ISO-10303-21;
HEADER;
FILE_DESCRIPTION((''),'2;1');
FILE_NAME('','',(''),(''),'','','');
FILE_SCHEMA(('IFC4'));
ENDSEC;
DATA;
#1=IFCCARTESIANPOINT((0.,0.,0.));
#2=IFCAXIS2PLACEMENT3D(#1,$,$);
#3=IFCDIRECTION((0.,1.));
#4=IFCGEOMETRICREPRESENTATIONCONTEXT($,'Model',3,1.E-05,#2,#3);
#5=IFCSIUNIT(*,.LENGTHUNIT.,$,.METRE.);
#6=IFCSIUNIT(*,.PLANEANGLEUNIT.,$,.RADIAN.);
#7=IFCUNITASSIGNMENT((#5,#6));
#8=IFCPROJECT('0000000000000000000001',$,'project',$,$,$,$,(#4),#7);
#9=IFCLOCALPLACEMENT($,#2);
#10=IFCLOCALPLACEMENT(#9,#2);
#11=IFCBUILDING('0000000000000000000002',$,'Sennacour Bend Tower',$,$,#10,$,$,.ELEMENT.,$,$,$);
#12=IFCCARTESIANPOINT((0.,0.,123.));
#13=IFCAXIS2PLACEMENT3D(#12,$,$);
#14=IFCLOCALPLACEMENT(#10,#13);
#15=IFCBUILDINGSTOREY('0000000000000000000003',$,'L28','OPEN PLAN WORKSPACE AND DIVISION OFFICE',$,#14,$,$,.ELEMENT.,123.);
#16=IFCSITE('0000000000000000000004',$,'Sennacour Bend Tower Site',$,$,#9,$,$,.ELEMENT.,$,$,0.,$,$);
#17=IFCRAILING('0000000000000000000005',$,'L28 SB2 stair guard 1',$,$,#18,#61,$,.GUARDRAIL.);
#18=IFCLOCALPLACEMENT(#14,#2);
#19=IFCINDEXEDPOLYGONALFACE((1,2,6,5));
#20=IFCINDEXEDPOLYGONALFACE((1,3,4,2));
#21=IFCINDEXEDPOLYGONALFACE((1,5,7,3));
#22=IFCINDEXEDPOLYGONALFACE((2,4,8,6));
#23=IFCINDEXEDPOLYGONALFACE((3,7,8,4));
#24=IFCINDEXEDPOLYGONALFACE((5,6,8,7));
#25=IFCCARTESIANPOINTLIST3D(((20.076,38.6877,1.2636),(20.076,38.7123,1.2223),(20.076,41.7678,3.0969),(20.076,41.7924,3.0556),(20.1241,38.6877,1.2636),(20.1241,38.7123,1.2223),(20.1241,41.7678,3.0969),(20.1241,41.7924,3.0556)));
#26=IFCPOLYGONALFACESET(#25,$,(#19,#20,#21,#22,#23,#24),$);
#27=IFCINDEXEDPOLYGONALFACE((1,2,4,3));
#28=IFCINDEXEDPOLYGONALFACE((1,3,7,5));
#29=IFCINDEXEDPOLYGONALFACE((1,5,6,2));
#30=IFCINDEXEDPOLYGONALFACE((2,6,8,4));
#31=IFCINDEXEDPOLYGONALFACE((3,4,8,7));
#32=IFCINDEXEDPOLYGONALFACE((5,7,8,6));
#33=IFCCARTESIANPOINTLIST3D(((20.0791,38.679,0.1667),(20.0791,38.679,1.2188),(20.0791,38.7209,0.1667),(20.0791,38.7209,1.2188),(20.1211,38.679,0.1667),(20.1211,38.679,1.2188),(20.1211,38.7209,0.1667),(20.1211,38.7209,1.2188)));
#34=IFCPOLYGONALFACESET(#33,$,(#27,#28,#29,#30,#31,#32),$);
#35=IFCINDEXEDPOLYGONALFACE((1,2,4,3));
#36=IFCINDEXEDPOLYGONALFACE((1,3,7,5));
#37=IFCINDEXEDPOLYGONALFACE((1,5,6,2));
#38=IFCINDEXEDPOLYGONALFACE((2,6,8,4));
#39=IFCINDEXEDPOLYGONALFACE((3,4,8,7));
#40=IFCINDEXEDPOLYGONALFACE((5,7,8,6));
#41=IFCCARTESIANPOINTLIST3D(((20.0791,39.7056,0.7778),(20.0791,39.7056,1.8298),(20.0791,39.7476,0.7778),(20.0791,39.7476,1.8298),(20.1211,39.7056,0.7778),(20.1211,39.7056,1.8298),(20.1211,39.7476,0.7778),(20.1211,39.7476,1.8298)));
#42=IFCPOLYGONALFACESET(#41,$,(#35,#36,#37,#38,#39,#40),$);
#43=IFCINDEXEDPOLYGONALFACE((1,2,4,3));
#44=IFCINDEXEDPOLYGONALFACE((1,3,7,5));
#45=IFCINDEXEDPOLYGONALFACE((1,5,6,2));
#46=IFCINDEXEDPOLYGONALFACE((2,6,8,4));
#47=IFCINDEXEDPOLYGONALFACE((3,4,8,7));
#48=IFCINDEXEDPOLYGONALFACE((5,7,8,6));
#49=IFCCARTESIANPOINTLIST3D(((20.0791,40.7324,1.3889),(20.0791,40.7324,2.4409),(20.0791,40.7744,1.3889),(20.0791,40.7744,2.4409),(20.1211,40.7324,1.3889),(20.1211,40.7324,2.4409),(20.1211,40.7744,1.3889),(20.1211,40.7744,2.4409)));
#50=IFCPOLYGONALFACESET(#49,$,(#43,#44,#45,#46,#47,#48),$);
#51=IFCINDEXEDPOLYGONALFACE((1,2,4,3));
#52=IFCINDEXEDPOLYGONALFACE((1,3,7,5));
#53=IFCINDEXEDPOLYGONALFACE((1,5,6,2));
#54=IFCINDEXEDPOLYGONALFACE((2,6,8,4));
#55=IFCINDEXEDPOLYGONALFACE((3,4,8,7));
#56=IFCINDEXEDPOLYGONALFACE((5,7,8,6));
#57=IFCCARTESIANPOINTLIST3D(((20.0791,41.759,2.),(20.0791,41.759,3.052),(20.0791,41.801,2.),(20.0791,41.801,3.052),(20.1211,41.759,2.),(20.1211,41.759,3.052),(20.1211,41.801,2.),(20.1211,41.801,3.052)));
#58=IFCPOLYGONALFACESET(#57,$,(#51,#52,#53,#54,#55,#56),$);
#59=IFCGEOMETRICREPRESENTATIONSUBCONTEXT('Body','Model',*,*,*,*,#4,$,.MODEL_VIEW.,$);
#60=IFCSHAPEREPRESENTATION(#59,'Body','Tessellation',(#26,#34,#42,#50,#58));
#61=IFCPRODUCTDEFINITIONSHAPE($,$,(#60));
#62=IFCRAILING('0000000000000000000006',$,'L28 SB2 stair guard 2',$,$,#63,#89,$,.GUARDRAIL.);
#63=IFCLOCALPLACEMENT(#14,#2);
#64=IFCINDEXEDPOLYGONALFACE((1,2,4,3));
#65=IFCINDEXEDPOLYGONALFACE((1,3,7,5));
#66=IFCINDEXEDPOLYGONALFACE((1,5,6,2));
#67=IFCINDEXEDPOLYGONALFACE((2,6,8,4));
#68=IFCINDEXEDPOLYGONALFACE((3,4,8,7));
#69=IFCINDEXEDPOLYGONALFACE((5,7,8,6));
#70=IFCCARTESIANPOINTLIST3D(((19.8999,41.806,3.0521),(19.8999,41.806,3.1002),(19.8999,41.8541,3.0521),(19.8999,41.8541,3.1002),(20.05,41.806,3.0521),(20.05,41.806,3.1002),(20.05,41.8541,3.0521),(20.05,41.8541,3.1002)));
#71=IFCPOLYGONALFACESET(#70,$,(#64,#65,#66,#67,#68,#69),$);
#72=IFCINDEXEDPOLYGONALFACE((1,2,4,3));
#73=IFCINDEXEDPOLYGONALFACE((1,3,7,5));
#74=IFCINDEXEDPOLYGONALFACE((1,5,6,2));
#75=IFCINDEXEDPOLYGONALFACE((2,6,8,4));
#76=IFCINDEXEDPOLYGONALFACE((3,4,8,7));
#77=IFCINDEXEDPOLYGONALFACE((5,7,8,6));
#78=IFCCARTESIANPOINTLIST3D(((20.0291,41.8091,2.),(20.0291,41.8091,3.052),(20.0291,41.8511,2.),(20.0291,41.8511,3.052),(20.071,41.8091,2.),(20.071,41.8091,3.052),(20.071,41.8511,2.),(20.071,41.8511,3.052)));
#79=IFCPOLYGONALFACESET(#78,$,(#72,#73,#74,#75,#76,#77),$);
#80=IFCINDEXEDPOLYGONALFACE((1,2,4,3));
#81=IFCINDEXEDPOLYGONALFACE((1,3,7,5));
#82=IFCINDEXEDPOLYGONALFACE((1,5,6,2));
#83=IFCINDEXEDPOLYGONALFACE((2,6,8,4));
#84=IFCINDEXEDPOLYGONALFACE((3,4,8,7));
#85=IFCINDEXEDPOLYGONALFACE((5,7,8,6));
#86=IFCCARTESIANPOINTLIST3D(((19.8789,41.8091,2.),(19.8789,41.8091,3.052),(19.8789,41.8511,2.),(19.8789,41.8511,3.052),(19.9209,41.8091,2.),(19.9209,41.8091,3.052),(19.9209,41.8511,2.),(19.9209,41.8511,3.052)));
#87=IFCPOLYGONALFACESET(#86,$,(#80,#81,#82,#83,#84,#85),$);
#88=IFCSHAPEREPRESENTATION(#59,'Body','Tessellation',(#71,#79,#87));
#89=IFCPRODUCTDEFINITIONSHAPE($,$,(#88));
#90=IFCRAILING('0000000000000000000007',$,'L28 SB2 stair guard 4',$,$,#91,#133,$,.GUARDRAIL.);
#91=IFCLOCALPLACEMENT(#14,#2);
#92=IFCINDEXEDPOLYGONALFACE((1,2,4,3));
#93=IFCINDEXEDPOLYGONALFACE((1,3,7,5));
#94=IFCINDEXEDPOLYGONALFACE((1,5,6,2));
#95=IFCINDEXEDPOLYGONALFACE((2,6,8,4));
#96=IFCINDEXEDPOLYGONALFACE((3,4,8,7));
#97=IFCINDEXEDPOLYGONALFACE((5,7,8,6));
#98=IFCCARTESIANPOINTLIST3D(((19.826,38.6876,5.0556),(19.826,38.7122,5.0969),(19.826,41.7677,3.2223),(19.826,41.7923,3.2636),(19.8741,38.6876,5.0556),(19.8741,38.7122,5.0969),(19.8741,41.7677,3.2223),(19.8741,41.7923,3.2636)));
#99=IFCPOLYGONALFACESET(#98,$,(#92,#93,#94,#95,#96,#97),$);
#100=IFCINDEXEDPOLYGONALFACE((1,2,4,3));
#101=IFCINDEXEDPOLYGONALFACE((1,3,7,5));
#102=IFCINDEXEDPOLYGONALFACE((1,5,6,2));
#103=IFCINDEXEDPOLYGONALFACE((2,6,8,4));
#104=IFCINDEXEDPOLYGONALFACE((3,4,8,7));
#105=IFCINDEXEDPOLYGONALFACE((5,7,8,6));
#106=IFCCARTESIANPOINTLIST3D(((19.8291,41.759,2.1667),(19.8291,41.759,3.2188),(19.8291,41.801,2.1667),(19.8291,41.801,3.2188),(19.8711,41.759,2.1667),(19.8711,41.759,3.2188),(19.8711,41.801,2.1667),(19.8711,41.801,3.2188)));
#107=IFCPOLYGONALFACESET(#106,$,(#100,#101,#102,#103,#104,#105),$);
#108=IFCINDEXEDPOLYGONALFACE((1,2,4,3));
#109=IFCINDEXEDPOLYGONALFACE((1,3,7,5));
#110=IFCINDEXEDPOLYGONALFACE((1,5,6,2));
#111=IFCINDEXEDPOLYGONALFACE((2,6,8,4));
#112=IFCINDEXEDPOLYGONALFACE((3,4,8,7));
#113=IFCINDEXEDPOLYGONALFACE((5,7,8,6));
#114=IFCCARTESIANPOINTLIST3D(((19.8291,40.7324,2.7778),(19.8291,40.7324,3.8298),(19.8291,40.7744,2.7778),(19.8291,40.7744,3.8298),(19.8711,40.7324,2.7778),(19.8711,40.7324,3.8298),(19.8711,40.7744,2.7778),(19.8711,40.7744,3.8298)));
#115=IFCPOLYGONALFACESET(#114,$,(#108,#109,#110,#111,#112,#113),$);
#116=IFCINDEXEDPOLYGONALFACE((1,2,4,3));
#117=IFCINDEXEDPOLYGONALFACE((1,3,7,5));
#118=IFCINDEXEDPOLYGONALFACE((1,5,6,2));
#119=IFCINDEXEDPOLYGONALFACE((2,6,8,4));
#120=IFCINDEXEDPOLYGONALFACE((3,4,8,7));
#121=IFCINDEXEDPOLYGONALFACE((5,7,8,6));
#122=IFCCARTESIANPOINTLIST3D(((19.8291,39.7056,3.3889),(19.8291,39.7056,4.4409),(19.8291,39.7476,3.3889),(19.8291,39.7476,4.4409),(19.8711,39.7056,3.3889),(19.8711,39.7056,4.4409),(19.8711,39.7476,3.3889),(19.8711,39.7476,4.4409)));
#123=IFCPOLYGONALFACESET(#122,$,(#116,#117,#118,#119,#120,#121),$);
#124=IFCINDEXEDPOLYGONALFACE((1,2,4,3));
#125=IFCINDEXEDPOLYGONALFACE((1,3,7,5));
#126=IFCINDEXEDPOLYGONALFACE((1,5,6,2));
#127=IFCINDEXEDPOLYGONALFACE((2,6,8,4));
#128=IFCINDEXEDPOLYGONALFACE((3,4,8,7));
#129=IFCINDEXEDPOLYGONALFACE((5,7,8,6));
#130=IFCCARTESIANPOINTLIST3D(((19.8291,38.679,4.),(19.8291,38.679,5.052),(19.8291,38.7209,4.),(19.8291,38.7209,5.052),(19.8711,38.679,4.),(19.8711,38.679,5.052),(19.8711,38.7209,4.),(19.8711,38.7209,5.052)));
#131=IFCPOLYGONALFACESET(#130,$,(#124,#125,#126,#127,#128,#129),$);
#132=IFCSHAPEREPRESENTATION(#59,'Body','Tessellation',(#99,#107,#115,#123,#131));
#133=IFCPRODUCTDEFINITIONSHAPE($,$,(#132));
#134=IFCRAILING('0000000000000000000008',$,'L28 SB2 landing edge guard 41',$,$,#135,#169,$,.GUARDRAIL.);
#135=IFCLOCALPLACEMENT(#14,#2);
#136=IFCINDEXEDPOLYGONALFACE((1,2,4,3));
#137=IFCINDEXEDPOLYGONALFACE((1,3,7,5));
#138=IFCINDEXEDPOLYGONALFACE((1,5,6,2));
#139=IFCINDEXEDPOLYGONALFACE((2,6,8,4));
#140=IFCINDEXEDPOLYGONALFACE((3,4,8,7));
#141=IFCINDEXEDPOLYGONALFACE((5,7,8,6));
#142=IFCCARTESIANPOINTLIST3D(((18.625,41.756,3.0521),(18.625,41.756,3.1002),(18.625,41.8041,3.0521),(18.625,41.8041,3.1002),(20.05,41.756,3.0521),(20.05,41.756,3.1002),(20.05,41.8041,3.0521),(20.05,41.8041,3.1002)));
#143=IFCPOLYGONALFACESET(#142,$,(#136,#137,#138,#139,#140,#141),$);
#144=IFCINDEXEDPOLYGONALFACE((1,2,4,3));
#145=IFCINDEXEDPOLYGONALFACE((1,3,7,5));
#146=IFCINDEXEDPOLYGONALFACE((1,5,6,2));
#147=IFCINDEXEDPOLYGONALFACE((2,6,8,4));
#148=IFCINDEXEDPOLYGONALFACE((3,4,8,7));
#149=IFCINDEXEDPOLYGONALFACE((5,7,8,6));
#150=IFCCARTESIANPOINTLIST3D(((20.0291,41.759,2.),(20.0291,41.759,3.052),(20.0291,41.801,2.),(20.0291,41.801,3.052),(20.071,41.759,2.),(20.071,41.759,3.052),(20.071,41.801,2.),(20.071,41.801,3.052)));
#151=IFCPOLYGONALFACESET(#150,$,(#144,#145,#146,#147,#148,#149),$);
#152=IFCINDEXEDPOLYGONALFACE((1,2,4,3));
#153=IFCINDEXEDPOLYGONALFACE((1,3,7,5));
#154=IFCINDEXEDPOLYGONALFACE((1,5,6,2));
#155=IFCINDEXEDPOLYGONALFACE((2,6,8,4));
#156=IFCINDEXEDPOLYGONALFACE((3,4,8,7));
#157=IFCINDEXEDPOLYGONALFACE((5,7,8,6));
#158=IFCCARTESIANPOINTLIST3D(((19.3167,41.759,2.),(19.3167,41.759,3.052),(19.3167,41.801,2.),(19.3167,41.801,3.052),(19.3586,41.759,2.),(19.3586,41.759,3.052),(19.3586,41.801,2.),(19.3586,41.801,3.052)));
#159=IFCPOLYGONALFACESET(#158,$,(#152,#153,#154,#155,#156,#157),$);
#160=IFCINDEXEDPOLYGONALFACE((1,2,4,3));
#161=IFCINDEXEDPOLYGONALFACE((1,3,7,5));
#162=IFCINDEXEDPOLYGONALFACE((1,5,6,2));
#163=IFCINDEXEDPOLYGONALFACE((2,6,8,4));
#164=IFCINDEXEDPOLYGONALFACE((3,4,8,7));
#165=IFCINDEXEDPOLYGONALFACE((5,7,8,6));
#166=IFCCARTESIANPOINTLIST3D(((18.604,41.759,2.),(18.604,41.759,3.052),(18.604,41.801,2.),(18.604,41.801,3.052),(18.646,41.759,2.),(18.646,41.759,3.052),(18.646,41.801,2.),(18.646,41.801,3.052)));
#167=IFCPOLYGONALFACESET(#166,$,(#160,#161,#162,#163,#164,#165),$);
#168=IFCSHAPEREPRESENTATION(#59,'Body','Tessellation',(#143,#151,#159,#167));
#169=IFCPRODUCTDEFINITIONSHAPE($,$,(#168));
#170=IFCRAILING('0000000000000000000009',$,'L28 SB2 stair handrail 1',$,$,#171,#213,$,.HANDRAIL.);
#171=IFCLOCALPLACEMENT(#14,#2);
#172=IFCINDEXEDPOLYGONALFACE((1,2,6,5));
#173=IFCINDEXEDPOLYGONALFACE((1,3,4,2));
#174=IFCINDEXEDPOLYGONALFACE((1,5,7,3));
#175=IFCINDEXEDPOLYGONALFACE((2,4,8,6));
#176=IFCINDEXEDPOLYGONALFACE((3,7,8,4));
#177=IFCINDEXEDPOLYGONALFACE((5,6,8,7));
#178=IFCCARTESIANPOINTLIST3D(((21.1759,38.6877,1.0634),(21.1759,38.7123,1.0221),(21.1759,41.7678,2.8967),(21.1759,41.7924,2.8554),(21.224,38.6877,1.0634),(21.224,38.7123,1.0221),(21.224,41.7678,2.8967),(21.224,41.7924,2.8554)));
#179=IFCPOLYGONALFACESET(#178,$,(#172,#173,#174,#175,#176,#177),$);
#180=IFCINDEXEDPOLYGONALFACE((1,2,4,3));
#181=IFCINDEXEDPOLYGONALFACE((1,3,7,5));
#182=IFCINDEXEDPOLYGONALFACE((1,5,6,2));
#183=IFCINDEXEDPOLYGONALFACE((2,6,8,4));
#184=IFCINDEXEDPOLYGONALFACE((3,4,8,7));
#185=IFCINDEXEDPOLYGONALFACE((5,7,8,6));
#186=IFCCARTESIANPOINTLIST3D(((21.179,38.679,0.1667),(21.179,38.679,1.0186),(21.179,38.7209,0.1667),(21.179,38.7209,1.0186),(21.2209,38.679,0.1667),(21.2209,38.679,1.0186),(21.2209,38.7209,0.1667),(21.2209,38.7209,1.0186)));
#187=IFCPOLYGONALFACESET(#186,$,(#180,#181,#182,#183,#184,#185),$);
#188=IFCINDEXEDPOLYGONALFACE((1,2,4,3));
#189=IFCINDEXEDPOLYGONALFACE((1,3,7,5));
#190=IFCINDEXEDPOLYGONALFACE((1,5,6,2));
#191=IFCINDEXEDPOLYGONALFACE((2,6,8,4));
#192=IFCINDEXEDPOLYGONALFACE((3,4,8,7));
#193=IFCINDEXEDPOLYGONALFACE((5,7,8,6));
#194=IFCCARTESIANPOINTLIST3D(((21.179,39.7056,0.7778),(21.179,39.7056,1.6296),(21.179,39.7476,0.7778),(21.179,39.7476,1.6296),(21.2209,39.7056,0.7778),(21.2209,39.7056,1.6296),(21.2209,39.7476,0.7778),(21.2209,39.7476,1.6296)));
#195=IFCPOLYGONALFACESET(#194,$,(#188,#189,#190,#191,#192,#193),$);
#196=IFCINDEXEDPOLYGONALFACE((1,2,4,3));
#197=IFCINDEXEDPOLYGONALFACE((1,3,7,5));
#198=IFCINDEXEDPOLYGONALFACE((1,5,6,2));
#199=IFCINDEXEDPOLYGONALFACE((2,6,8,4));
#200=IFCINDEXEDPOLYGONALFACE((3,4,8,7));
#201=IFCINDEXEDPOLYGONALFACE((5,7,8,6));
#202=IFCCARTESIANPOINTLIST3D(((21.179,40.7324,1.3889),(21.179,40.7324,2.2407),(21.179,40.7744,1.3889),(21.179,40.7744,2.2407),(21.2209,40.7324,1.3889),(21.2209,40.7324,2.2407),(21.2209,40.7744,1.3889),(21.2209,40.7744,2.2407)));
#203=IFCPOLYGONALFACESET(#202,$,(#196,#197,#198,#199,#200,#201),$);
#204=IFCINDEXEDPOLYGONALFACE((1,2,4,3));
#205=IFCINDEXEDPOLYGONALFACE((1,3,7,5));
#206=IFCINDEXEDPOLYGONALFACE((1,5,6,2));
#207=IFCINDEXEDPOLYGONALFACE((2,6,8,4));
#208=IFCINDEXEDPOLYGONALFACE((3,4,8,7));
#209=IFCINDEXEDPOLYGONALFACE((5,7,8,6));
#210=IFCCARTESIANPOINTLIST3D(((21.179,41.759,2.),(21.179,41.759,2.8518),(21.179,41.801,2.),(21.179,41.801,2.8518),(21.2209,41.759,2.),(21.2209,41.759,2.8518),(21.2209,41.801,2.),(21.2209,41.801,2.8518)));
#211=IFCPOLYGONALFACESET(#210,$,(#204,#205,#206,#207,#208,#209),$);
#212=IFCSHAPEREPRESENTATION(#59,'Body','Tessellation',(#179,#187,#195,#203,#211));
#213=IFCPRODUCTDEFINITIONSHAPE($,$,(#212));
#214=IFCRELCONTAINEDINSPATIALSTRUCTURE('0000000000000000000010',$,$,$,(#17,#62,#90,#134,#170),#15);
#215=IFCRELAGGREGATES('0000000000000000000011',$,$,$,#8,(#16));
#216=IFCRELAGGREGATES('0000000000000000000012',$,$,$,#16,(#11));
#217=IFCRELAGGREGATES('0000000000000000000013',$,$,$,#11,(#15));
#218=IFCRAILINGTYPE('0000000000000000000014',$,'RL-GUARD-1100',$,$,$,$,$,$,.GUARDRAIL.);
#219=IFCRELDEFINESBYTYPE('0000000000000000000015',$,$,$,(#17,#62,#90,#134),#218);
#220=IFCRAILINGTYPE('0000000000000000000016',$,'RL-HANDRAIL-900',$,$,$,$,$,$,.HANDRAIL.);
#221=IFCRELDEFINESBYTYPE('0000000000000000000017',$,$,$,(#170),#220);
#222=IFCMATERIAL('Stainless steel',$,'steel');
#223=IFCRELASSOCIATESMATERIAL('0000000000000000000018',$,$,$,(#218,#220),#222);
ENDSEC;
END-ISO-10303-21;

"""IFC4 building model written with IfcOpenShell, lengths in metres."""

from ifc_helpers import new_model, si_unit, direction, frame, origin, origin_2d, place, context, subcontext, project, spatial, rectangle, extrude, material, type_object, element, save


model = new_model("IFC4")

# Units and contexts
model_context = context("Model", 3, precision=1e-05, world=origin(), true_north=direction((0.0, 1.0)))
body_context = subcontext(model_context, "Body", "Model", "MODEL_VIEW")
ifc_project = project(units=[si_unit("LENGTHUNIT", "METRE"), si_unit("PLANEANGLEUNIT", "RADIAN")], contexts=[model_context])

# Site, building, storey
site_placement = place(None, origin())
site = spatial("IfcSite", under=ifc_project, at=site_placement, Name="Sennacour Bend Tower Site", CompositionType="ELEMENT", RefElevation=0.0)
building_placement = place(site_placement, origin())
building = spatial("IfcBuilding", under=site, at=building_placement, Name="Sennacour Bend Tower", CompositionType="ELEMENT")
storey_placement = place(building_placement, frame((0.0, 0.0, 123.0)))
storey = spatial("IfcBuildingStorey", under=building, at=storey_placement, Name="L28", Description="OPEN PLAN WORKSPACE AND DIVISION OFFICE", CompositionType="ELEMENT", Elevation=123.0)

# Shared definitions
ifc_material_1 = material(Name="Stainless steel", Category="steel")

# Railings
railing_type_1 = type_object("IfcRailingType", Name="RL-GUARD-1100", PredefinedType="GUARDRAIL", material=ifc_material_1)
railing_1_placement = place(storey_placement, frame((20.1001, 38.7, 0.1667)))
element("IfcRailing", 1, at=railing_1_placement, inside=storey, type_object=railing_type_1, Name="L28 SB2 stair guard 1", PredefinedType="GUARDRAIL", context=body_context, shape_type="SweptSolid", body=[
    extrude(rectangle(XDim=0.0481, YDim=0.0481, at=origin_2d()), frame((0.0, 0.0, 1.0762), z_axis=(0.0, 0.859309, 0.511458), x_axis=(-1.0, 0.0, 0.0)), (0.0, 0.0, 1.0), 3.5845),
    extrude(rectangle(XDim=0.042, YDim=0.042, at=origin_2d()), origin(), (0.0, 0.0, 1.0), 1.052),
    extrude(rectangle(XDim=0.042, YDim=0.042, at=origin_2d()), frame((0.0, 1.0266, 0.6111)), (0.0, 0.0, 1.0), 1.052),
    extrude(rectangle(XDim=0.042, YDim=0.042, at=origin_2d()), frame((0.0, 2.0535, 1.2222)), (0.0, 0.0, 1.0), 1.052),
    extrude(rectangle(XDim=0.042, YDim=0.042, at=origin_2d()), frame((0.0, 3.0801, 1.8333)), (0.0, 0.0, 1.0), 1.052),
])
railing_2_placement = place(storey_placement, frame((20.05, 41.8301, 2.0)))
element("IfcRailing", 2, at=railing_2_placement, inside=storey, type_object=railing_type_1, Name="L28 SB2 stair guard 2", PredefinedType="GUARDRAIL", context=body_context, shape_type="SweptSolid", body=[
    extrude(rectangle(XDim=0.0481, YDim=0.0481, at=origin_2d()), frame((0.0, 0.0, 1.0762), z_axis=(-1.0, 0.0, 0.0), x_axis=(0.0, -1.0, 0.0)), (0.0, 0.0, 1.0), 0.1501),
    extrude(rectangle(XDim=0.042, YDim=0.042, at=origin_2d()), origin(), (0.0, 0.0, 1.0), 1.052),
    extrude(rectangle(XDim=0.042, YDim=0.042, at=origin_2d()), frame((-0.1501, 0.0, 0.0)), (0.0, 0.0, 1.0), 1.052),
])
railing_3_placement = place(storey_placement, frame((19.8501, 41.78, 2.1667)))
element("IfcRailing", 3, at=railing_3_placement, inside=storey, type_object=railing_type_1, Name="L28 SB2 stair guard 4", PredefinedType="GUARDRAIL", context=body_context, shape_type="SweptSolid", body=[
    extrude(rectangle(XDim=0.0481, YDim=0.0481, at=origin_2d()), frame((0.0, 0.0, 1.0762), z_axis=(0.0, -0.859309, 0.511458), x_axis=(1.0, 0.0, 0.0)), (0.0, 0.0, 1.0), 3.5845),
    extrude(rectangle(XDim=0.042, YDim=0.042, at=origin_2d()), origin(), (0.0, 0.0, 1.0), 1.052),
    extrude(rectangle(XDim=0.042, YDim=0.042, at=origin_2d()), frame((0.0, -1.0266, 0.6111)), (0.0, 0.0, 1.0), 1.052),
    extrude(rectangle(XDim=0.042, YDim=0.042, at=origin_2d()), frame((0.0, -2.0535, 1.2222)), (0.0, 0.0, 1.0), 1.052),
    extrude(rectangle(XDim=0.042, YDim=0.042, at=origin_2d()), frame((0.0, -3.0801, 1.8333)), (0.0, 0.0, 1.0), 1.052),
])
railing_4_placement = place(storey_placement, frame((20.05, 41.78, 2.0)))
element("IfcRailing", 4, at=railing_4_placement, inside=storey, type_object=railing_type_1, Name="L28 SB2 landing edge guard 41", PredefinedType="GUARDRAIL", context=body_context, shape_type="SweptSolid", body=[
    extrude(rectangle(XDim=0.0481, YDim=0.0481, at=origin_2d()), frame((0.0, 0.0, 1.0762), z_axis=(-1.0, 0.0, 0.0), x_axis=(0.0, -1.0, 0.0)), (0.0, 0.0, 1.0), 1.425),
    extrude(rectangle(XDim=0.042, YDim=0.042, at=origin_2d()), origin(), (0.0, 0.0, 1.0), 1.052),
    extrude(rectangle(XDim=0.042, YDim=0.042, at=origin_2d()), frame((-0.7124, 0.0, 0.0)), (0.0, 0.0, 1.0), 1.052),
    extrude(rectangle(XDim=0.042, YDim=0.042, at=origin_2d()), frame((-1.425, 0.0, 0.0)), (0.0, 0.0, 1.0), 1.052),
])
railing_type_2 = type_object("IfcRailingType", Name="RL-HANDRAIL-900", PredefinedType="HANDRAIL", material=ifc_material_1)
railing_5_placement = place(storey_placement, frame((21.2, 38.7, 0.1667)))
element("IfcRailing", 5, at=railing_5_placement, inside=storey, type_object=railing_type_2, Name="L28 SB2 stair handrail 1", PredefinedType="HANDRAIL", context=body_context, shape_type="SweptSolid", body=[
    extrude(rectangle(XDim=0.0481, YDim=0.0481, at=origin_2d()), frame((0.0, 0.0, 0.876), z_axis=(0.0, 0.859309, 0.511458), x_axis=(-1.0, 0.0, 0.0)), (0.0, 0.0, 1.0), 3.5845),
    extrude(rectangle(XDim=0.042, YDim=0.042, at=origin_2d()), origin(), (0.0, 0.0, 1.0), 0.8518),
    extrude(rectangle(XDim=0.042, YDim=0.042, at=origin_2d()), frame((0.0, 1.0266, 0.6111)), (0.0, 0.0, 1.0), 0.8518),
    extrude(rectangle(XDim=0.042, YDim=0.042, at=origin_2d()), frame((0.0, 2.0535, 1.2222)), (0.0, 0.0, 1.0), 0.8518),
    extrude(rectangle(XDim=0.042, YDim=0.042, at=origin_2d()), frame((0.0, 3.0801, 1.8333)), (0.0, 0.0, 1.0), 0.8518),
])

save(model, "model.ifc")
